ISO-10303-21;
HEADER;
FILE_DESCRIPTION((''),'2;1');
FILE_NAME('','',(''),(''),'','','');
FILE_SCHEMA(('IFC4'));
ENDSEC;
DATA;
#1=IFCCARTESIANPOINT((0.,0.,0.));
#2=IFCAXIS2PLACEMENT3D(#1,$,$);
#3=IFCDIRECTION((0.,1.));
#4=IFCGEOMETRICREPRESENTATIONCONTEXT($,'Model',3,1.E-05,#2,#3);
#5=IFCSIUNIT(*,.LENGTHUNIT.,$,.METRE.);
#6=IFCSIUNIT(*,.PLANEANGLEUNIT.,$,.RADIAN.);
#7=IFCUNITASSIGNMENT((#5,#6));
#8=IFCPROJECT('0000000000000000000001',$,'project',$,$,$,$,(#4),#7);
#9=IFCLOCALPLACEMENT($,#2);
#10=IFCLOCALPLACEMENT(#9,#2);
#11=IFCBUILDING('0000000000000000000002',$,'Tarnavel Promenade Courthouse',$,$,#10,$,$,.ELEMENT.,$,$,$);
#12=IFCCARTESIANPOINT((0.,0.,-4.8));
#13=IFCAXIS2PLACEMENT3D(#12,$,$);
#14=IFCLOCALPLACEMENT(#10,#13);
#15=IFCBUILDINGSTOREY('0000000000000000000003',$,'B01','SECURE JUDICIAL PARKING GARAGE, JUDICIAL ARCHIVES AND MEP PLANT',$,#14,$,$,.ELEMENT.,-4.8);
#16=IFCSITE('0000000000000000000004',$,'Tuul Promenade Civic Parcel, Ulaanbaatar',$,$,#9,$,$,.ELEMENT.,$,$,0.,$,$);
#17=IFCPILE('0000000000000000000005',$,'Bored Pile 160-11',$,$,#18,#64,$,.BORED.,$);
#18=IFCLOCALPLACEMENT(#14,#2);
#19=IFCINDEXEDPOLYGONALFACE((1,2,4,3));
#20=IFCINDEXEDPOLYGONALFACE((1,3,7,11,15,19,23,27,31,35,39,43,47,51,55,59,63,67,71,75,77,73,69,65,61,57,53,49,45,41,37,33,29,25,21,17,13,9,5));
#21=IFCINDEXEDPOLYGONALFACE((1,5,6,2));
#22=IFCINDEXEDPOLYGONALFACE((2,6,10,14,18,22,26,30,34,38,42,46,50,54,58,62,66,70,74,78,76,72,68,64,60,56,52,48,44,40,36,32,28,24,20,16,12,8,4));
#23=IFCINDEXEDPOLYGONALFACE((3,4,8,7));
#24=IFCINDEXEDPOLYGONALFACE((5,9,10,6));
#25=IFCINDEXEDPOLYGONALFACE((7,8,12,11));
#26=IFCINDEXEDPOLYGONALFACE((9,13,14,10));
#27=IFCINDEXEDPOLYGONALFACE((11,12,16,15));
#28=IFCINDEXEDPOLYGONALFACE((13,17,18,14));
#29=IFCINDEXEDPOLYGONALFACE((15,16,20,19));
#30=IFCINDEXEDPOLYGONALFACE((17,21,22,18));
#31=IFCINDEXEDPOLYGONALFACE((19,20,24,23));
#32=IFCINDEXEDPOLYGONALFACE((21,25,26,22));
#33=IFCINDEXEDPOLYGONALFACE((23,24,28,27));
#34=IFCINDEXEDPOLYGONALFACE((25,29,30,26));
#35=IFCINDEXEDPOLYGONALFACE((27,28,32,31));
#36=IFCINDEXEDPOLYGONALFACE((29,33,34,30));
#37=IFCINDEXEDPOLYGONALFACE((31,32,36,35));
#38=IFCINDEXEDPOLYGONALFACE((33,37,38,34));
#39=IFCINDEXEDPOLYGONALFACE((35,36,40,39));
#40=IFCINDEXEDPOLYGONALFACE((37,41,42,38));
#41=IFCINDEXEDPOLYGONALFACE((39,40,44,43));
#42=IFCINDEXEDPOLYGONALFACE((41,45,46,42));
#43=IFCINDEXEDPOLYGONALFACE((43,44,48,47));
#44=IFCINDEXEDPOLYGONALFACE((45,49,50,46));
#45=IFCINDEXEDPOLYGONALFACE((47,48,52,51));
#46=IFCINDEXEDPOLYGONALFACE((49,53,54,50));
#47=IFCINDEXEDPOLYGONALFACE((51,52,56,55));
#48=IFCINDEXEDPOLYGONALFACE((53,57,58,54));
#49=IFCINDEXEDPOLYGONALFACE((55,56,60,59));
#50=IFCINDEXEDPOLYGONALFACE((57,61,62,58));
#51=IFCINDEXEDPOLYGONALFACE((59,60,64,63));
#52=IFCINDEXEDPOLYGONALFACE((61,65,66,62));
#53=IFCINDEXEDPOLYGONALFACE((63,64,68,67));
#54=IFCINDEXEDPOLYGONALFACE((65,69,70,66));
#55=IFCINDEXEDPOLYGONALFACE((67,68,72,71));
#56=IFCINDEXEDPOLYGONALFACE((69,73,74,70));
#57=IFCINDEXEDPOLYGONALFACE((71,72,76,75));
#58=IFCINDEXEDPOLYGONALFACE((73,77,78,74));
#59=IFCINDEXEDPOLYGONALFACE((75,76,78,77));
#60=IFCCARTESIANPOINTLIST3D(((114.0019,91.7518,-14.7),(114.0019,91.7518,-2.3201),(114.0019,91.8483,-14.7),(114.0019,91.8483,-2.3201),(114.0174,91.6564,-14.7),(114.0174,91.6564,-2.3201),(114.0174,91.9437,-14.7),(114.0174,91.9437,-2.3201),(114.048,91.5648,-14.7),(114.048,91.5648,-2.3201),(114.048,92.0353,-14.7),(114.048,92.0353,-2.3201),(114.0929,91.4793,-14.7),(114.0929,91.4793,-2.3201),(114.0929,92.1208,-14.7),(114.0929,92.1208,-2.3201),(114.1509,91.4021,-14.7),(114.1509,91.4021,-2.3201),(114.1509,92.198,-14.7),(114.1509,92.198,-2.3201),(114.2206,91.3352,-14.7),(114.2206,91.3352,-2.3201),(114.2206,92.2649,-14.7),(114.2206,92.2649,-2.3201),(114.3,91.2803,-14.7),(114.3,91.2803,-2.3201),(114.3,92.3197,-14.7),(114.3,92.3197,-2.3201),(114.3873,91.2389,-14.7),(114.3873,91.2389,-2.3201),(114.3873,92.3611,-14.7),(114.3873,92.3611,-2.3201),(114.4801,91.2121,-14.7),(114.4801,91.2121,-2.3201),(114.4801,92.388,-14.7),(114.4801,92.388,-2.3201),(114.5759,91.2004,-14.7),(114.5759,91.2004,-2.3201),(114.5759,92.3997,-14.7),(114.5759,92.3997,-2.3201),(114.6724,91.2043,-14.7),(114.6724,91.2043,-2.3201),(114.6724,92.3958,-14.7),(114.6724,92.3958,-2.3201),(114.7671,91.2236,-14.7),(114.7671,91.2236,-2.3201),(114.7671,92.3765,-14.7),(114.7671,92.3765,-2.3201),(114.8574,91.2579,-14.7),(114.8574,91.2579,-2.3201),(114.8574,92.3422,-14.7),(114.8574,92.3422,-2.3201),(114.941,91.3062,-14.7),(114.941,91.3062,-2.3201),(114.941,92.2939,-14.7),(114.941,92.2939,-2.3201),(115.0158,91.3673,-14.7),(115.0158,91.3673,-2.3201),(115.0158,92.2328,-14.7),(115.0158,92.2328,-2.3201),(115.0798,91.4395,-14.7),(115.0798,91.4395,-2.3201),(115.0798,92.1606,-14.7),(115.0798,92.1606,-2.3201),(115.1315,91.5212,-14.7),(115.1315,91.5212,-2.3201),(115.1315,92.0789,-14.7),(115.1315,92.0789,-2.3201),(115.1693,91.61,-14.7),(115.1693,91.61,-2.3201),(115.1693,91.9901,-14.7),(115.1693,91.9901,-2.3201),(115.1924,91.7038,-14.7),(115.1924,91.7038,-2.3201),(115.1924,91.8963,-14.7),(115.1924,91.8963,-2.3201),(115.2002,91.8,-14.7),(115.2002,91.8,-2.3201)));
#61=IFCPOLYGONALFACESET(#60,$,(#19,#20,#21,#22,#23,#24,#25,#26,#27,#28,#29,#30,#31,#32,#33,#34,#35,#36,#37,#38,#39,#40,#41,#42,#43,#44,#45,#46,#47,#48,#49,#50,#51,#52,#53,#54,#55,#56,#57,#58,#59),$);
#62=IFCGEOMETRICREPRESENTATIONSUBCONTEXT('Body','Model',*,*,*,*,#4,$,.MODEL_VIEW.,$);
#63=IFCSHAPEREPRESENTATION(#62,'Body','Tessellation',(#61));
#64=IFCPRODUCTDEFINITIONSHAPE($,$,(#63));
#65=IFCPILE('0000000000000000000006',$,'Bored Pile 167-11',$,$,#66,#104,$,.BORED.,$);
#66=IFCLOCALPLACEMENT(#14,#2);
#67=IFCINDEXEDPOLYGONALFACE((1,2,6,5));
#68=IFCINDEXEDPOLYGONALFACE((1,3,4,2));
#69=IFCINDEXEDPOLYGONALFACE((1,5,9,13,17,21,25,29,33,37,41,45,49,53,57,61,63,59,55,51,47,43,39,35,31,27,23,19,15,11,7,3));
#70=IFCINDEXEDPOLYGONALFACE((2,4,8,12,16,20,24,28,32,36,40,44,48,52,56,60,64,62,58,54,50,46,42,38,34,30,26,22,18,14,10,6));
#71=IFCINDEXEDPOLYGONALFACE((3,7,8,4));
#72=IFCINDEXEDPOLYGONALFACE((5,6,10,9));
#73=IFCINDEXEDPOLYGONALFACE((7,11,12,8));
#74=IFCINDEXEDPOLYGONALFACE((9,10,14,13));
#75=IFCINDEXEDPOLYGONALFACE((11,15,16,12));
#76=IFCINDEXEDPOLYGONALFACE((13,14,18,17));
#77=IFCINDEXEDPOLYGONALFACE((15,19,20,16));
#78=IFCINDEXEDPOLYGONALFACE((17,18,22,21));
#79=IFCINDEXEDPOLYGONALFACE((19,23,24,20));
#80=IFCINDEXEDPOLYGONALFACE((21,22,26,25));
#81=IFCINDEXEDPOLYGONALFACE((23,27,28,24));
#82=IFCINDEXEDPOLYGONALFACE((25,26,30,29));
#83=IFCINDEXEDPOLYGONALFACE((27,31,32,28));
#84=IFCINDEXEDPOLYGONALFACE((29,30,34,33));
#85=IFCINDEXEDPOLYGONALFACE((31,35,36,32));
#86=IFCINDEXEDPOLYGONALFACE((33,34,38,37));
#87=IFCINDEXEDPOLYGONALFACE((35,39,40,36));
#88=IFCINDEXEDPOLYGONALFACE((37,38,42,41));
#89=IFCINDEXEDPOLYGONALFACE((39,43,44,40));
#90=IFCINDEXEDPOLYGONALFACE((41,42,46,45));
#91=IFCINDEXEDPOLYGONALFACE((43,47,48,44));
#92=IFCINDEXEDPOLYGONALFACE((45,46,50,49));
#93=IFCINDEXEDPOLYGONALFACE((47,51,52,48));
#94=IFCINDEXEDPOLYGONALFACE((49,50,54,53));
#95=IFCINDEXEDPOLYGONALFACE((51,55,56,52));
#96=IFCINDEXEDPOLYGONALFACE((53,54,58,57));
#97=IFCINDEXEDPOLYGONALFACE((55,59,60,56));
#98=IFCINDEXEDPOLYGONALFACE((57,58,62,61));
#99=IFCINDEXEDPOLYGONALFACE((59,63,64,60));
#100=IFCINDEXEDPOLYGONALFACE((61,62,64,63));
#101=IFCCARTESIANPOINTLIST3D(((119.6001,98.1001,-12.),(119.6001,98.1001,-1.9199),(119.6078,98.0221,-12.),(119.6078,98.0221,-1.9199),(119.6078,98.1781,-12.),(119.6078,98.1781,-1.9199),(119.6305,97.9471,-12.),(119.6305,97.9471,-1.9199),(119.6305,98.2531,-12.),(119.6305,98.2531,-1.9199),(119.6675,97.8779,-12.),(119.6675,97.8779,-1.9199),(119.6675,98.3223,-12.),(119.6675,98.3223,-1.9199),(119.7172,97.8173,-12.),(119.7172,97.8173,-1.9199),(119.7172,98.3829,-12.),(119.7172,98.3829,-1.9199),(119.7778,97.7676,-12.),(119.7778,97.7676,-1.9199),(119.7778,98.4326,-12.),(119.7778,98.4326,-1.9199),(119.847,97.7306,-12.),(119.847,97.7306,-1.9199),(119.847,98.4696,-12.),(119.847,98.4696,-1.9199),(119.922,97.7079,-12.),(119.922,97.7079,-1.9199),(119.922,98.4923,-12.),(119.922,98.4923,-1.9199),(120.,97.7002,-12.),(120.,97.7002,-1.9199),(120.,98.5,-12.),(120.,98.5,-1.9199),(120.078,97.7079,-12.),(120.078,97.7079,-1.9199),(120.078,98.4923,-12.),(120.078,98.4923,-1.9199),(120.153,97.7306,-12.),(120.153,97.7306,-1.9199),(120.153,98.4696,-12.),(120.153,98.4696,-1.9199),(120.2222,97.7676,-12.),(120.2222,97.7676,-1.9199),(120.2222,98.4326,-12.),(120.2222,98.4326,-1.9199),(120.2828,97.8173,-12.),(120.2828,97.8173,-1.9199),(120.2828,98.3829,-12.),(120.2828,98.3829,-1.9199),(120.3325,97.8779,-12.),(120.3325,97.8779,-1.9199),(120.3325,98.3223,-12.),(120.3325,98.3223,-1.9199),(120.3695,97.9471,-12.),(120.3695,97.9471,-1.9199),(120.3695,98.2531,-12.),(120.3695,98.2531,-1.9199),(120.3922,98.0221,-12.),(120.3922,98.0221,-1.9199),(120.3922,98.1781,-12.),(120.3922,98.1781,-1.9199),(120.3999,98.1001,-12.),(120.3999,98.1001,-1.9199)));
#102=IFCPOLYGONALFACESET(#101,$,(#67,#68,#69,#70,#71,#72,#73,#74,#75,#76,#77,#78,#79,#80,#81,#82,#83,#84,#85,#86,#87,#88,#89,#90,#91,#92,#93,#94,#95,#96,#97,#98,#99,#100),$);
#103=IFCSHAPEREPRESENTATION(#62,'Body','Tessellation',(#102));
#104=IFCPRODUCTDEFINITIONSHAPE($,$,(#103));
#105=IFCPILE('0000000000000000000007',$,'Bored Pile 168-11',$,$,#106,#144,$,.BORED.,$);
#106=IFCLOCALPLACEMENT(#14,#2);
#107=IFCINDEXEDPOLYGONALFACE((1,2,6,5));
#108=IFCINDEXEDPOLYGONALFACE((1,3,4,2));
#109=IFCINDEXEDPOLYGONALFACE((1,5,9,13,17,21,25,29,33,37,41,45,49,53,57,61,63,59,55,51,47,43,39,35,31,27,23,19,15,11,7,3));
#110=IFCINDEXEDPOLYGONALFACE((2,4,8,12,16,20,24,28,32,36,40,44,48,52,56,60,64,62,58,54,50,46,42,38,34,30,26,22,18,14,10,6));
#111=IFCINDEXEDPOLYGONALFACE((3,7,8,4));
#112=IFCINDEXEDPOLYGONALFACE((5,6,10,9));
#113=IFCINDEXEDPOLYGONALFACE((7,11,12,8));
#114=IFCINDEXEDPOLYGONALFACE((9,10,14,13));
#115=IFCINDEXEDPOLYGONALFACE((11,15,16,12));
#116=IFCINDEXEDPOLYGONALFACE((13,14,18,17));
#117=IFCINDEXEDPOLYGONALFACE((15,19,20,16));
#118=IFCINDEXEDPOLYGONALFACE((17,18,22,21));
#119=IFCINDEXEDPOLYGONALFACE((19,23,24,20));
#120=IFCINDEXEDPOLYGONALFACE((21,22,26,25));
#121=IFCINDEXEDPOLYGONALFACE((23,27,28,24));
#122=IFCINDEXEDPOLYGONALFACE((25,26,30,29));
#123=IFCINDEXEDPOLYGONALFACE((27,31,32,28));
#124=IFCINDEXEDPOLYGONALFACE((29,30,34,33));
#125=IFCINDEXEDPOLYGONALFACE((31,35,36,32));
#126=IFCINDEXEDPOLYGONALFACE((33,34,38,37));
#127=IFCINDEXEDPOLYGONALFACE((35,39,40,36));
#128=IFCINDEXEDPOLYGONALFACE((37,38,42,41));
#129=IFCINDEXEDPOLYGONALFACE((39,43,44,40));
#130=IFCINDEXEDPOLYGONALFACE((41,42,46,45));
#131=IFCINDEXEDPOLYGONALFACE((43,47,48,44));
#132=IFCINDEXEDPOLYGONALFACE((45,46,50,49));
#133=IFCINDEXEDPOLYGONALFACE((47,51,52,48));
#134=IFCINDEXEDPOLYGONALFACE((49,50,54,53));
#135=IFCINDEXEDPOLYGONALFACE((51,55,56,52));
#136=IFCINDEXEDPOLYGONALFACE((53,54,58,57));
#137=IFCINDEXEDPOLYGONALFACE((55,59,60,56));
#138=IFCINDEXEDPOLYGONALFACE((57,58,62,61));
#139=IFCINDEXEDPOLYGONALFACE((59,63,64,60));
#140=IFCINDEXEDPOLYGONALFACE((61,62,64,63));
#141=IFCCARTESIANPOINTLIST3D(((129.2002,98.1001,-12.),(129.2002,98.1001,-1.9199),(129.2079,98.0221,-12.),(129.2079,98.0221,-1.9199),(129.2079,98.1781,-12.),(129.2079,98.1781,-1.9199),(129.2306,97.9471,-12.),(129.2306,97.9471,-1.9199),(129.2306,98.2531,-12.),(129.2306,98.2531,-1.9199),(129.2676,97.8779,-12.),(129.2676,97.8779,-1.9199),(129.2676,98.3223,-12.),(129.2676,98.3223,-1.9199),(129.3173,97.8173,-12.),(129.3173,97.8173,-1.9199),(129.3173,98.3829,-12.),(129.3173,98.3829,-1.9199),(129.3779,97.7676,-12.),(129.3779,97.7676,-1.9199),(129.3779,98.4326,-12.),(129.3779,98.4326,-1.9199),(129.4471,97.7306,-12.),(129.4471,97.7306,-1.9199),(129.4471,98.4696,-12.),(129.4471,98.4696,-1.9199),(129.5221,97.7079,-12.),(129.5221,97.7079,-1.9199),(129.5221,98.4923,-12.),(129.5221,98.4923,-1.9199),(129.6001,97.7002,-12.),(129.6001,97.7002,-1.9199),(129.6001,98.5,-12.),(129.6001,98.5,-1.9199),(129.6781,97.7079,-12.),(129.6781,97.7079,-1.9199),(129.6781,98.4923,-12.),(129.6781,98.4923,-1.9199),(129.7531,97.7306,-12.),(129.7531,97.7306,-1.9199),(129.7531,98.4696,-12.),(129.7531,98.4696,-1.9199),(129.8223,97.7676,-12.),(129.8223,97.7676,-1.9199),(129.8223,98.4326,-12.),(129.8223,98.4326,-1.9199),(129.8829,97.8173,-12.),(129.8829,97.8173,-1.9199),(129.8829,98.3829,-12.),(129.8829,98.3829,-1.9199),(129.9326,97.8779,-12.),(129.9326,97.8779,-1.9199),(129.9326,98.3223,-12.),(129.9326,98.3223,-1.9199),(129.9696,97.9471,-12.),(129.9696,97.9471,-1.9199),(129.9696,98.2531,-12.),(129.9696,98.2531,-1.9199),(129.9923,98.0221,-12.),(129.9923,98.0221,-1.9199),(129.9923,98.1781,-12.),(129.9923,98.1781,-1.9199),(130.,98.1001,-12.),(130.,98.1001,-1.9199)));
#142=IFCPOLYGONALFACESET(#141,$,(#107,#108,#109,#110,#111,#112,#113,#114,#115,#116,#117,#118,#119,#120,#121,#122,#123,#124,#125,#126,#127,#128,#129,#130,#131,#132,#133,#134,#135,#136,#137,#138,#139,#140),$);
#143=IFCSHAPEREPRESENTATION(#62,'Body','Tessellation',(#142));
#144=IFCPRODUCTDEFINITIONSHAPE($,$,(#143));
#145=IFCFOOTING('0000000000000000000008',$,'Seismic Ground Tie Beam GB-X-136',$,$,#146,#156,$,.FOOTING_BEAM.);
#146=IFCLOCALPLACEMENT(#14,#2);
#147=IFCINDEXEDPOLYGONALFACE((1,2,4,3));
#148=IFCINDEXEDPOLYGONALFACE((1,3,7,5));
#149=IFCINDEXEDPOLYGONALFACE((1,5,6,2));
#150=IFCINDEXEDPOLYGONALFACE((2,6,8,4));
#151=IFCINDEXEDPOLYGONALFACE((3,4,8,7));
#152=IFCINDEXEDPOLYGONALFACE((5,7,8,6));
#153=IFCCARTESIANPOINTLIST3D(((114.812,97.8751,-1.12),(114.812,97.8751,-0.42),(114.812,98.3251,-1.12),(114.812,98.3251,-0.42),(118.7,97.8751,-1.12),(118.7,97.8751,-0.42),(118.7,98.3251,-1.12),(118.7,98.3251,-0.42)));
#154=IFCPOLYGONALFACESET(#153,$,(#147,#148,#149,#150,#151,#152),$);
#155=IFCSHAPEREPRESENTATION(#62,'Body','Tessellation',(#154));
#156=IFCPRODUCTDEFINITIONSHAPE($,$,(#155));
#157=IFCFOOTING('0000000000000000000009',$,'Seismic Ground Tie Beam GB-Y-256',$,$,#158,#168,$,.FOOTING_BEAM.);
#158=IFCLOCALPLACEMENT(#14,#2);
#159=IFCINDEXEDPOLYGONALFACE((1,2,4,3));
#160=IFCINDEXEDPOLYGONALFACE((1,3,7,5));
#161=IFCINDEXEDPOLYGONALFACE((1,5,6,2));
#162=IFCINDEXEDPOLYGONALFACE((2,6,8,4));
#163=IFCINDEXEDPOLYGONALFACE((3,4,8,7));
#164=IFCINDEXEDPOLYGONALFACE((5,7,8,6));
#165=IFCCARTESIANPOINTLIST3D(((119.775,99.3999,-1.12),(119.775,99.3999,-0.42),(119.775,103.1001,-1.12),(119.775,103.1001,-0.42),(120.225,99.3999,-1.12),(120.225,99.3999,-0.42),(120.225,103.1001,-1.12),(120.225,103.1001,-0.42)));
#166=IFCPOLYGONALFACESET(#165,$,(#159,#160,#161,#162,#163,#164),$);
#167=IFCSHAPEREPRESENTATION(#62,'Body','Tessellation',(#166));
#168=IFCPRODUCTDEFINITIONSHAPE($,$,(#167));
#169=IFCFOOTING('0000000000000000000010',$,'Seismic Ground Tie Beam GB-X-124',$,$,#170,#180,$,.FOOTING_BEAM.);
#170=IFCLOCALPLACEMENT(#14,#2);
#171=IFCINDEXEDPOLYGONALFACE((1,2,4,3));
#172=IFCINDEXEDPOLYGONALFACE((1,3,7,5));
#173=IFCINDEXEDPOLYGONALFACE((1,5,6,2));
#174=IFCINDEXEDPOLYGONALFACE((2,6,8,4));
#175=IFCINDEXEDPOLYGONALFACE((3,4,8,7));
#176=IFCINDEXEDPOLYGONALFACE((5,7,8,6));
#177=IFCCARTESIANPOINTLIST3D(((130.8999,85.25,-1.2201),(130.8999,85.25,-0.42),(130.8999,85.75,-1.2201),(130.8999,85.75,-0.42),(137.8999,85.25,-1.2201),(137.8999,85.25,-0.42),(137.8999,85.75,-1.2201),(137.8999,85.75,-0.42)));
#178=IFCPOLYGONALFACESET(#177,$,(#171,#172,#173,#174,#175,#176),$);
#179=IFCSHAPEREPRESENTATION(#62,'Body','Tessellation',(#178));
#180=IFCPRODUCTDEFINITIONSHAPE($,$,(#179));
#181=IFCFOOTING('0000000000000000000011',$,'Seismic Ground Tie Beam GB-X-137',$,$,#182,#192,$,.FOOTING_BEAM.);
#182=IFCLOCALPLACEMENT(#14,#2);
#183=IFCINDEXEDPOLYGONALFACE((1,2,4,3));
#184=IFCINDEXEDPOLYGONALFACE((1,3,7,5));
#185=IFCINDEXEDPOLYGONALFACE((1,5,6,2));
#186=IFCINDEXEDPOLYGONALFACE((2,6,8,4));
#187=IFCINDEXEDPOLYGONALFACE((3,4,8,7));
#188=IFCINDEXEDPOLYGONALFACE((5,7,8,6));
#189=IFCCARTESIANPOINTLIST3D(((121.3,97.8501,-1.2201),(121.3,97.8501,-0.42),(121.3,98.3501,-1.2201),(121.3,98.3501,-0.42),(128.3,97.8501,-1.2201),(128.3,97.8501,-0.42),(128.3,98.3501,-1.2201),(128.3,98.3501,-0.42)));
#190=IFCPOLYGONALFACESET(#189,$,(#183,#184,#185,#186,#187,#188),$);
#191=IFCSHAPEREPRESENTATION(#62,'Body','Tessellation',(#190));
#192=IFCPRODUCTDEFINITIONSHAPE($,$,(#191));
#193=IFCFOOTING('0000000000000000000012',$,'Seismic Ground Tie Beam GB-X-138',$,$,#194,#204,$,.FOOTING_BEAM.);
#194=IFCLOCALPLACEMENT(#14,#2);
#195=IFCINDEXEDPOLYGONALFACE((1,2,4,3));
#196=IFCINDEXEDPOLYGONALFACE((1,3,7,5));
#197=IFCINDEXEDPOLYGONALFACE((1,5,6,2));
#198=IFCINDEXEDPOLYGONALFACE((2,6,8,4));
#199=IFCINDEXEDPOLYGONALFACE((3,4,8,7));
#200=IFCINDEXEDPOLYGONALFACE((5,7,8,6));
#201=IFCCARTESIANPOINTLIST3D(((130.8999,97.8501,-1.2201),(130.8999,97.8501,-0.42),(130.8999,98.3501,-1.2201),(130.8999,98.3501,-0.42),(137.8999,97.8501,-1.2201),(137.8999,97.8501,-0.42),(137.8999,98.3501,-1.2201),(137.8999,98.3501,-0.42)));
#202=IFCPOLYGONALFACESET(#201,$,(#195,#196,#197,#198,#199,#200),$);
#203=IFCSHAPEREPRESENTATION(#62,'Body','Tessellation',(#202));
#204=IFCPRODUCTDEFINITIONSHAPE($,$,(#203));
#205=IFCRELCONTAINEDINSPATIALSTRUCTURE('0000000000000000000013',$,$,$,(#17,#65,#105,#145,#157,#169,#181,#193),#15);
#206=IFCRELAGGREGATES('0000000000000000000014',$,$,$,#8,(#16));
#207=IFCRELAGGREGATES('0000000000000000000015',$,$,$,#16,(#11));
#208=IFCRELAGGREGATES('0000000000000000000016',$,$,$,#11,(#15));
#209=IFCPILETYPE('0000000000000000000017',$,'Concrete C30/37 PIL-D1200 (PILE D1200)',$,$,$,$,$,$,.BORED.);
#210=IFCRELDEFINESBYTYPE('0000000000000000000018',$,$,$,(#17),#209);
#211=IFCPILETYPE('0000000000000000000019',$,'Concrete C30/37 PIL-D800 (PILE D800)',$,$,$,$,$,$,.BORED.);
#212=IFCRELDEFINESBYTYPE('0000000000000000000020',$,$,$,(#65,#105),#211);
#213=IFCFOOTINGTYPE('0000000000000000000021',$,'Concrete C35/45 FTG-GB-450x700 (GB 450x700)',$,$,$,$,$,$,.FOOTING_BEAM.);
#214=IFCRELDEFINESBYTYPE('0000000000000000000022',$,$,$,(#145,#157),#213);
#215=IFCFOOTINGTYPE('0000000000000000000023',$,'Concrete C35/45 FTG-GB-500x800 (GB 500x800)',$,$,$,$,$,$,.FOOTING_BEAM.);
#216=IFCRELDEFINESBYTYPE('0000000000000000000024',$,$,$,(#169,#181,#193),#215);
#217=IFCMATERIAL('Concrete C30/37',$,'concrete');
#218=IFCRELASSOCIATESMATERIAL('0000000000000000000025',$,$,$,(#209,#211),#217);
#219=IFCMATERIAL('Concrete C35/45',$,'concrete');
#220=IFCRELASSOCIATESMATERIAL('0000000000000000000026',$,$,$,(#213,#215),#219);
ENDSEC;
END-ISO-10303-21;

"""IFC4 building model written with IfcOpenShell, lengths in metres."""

from ifc_helpers import new_model, si_unit, direction, frame, origin, origin_2d, place, context, subcontext, project, spatial, rectangle, circle, extrude, material, material_profile, profile_set, type_object, element, save


model = new_model("IFC4")

# Units and contexts
model_context = context("Model", 3, precision=1e-05, world=origin(), true_north=direction((0.0, 1.0)))
body_context = subcontext(model_context, "Body", "Model", "MODEL_VIEW")
ifc_project = project(units=[si_unit("LENGTHUNIT", "METRE"), si_unit("PLANEANGLEUNIT", "RADIAN")], contexts=[model_context])

# Site, building, storey
site_placement = place(None, origin())
site = spatial("IfcSite", under=ifc_project, at=site_placement, Name="Tuul Promenade Civic Parcel, Ulaanbaatar", CompositionType="ELEMENT", RefElevation=0.0)
building_placement = place(site_placement, origin())
building = spatial("IfcBuilding", under=site, at=building_placement, Name="Tarnavel Promenade Courthouse", CompositionType="ELEMENT")
storey_placement = place(building_placement, frame((0.0, 0.0, -4.8)))
storey = spatial("IfcBuildingStorey", under=building, at=storey_placement, Name="B01", Description="SECURE JUDICIAL PARKING GARAGE, JUDICIAL ARCHIVES AND MEP PLANT", CompositionType="ELEMENT", Elevation=-4.8)

# Piles
ifc_material_1 = material(Name="Concrete C30/37", Category="concrete")
ifc_material_profile_1 = material_profile(ifc_material_1, circle(Radius=0.6001, at=origin_2d()), Name="PILE D1200")
ifc_profile_set_1 = profile_set([ifc_material_profile_1], Name="Concrete C30/37")
pile_type_1 = type_object("IfcPileType", Name="Concrete C30/37 PIL-D1200 (PILE D1200)", PredefinedType="BORED", material=ifc_profile_set_1)
pile_placement = place(storey_placement, frame((114.6001, 91.8, -2.3201), z_axis=(0.0, 0.0, -1.0), x_axis=(1.0, 0.0, 0.0)))
element("IfcPile", 1, at=pile_placement, inside=storey, type_object=pile_type_1, Name="Bored Pile 160-11", PredefinedType="BORED", context=body_context, shape_type="SweptSolid", body=[
    extrude(circle(Radius=0.6001, at=origin_2d()), origin(), (0.0, 0.0, 1.0), 12.3799),
])
ifc_material_profile_2 = material_profile(ifc_material_1, circle(Radius=0.3999, at=origin_2d()), Name="PILE D800")
ifc_profile_set_2 = profile_set([ifc_material_profile_2], Name="Concrete C30/37")
pile_type_2 = type_object("IfcPileType", Name="Concrete C30/37 PIL-D800 (PILE D800)", PredefinedType="BORED", material=ifc_profile_set_2)
for number, where, z_axis, x_axis, name in (
    (2, (120.0, 98.1001, -1.9199), (0.0, 0.0, -1.0), (1.0, 0.0, 0.0), "Bored Pile 167-11"),
    (3, (129.6001, 98.1001, -1.9199), (0.0, 0.0, -1.0), (1.0, 0.0, 0.0), "Bored Pile 168-11"),
):
    element("IfcPile", number, at=place(storey_placement, frame(where, z_axis=z_axis, x_axis=x_axis)), inside=storey, type_object=pile_type_2, Name=name, PredefinedType="BORED", context=body_context, shape_type="SweptSolid", body=[
        extrude(circle(Radius=0.3999, at=origin_2d()), origin(), (0.0, 0.0, 1.0), 10.0801),
    ])

# Footings
ifc_material_2 = material(Name="Concrete C35/45", Category="concrete")
ifc_material_profile_3 = material_profile(ifc_material_2, rectangle(XDim=0.45, YDim=0.7, at=origin_2d()), Name="GB 450x700")
ifc_profile_set_3 = profile_set([ifc_material_profile_3], Name="Concrete C35/45")
footing_type_1 = type_object("IfcFootingType", Name="Concrete C35/45 FTG-GB-450x700 (GB 450x700)", PredefinedType="FOOTING_BEAM", material=ifc_profile_set_3)
footing_1_placement = place(storey_placement, frame((114.812, 98.1001, -0.77), z_axis=(1.0, 0.0, 0.0), x_axis=(0.0, 1.0, 0.0)))
element("IfcFooting", 4, at=footing_1_placement, inside=storey, type_object=footing_type_1, Name="Seismic Ground Tie Beam GB-X-136", PredefinedType="FOOTING_BEAM", context=body_context, shape_type="SweptSolid", body=[
    extrude(rectangle(XDim=0.45, YDim=0.7, at=origin_2d()), origin(), (0.0, 0.0, 1.0), 3.8879),
])
footing_2_placement = place(storey_placement, frame((120.0, 99.3999, -0.77), z_axis=(0.0, 1.0, 0.0), x_axis=(-1.0, 0.0, 0.0)))
element("IfcFooting", 5, at=footing_2_placement, inside=storey, type_object=footing_type_1, Name="Seismic Ground Tie Beam GB-Y-256", PredefinedType="FOOTING_BEAM", context=body_context, shape_type="SweptSolid", body=[
    extrude(rectangle(XDim=0.45, YDim=0.7, at=origin_2d()), origin(), (0.0, 0.0, 1.0), 3.7002),
])
ifc_material_profile_4 = material_profile(ifc_material_2, rectangle(XDim=0.5, YDim=0.8, at=origin_2d()), Name="GB 500x800")
ifc_profile_set_4 = profile_set([ifc_material_profile_4], Name="Concrete C35/45")
footing_type_2 = type_object("IfcFootingType", Name="Concrete C35/45 FTG-GB-500x800 (GB 500x800)", PredefinedType="FOOTING_BEAM", material=ifc_profile_set_4)
for number, where, z_axis, x_axis, name in (
    (6, (130.8999, 85.5, -0.8201), (1.0, 0.0, 0.0), (0.0, 1.0, 0.0), "Seismic Ground Tie Beam GB-X-124"),
    (7, (121.3, 98.1001, -0.8201), (1.0, 0.0, 0.0), (0.0, 1.0, 0.0), "Seismic Ground Tie Beam GB-X-137"),
    (8, (130.8999, 98.1001, -0.8201), (1.0, 0.0, 0.0), (0.0, 1.0, 0.0), "Seismic Ground Tie Beam GB-X-138"),
):
    element("IfcFooting", number, at=place(storey_placement, frame(where, z_axis=z_axis, x_axis=x_axis)), inside=storey, type_object=footing_type_2, Name=name, PredefinedType="FOOTING_BEAM", context=body_context, shape_type="SweptSolid", body=[
        extrude(rectangle(XDim=0.5, YDim=0.8, at=origin_2d()), origin(), (0.0, 0.0, 1.0), 7.0),
    ])

save(model, "model.ifc")
